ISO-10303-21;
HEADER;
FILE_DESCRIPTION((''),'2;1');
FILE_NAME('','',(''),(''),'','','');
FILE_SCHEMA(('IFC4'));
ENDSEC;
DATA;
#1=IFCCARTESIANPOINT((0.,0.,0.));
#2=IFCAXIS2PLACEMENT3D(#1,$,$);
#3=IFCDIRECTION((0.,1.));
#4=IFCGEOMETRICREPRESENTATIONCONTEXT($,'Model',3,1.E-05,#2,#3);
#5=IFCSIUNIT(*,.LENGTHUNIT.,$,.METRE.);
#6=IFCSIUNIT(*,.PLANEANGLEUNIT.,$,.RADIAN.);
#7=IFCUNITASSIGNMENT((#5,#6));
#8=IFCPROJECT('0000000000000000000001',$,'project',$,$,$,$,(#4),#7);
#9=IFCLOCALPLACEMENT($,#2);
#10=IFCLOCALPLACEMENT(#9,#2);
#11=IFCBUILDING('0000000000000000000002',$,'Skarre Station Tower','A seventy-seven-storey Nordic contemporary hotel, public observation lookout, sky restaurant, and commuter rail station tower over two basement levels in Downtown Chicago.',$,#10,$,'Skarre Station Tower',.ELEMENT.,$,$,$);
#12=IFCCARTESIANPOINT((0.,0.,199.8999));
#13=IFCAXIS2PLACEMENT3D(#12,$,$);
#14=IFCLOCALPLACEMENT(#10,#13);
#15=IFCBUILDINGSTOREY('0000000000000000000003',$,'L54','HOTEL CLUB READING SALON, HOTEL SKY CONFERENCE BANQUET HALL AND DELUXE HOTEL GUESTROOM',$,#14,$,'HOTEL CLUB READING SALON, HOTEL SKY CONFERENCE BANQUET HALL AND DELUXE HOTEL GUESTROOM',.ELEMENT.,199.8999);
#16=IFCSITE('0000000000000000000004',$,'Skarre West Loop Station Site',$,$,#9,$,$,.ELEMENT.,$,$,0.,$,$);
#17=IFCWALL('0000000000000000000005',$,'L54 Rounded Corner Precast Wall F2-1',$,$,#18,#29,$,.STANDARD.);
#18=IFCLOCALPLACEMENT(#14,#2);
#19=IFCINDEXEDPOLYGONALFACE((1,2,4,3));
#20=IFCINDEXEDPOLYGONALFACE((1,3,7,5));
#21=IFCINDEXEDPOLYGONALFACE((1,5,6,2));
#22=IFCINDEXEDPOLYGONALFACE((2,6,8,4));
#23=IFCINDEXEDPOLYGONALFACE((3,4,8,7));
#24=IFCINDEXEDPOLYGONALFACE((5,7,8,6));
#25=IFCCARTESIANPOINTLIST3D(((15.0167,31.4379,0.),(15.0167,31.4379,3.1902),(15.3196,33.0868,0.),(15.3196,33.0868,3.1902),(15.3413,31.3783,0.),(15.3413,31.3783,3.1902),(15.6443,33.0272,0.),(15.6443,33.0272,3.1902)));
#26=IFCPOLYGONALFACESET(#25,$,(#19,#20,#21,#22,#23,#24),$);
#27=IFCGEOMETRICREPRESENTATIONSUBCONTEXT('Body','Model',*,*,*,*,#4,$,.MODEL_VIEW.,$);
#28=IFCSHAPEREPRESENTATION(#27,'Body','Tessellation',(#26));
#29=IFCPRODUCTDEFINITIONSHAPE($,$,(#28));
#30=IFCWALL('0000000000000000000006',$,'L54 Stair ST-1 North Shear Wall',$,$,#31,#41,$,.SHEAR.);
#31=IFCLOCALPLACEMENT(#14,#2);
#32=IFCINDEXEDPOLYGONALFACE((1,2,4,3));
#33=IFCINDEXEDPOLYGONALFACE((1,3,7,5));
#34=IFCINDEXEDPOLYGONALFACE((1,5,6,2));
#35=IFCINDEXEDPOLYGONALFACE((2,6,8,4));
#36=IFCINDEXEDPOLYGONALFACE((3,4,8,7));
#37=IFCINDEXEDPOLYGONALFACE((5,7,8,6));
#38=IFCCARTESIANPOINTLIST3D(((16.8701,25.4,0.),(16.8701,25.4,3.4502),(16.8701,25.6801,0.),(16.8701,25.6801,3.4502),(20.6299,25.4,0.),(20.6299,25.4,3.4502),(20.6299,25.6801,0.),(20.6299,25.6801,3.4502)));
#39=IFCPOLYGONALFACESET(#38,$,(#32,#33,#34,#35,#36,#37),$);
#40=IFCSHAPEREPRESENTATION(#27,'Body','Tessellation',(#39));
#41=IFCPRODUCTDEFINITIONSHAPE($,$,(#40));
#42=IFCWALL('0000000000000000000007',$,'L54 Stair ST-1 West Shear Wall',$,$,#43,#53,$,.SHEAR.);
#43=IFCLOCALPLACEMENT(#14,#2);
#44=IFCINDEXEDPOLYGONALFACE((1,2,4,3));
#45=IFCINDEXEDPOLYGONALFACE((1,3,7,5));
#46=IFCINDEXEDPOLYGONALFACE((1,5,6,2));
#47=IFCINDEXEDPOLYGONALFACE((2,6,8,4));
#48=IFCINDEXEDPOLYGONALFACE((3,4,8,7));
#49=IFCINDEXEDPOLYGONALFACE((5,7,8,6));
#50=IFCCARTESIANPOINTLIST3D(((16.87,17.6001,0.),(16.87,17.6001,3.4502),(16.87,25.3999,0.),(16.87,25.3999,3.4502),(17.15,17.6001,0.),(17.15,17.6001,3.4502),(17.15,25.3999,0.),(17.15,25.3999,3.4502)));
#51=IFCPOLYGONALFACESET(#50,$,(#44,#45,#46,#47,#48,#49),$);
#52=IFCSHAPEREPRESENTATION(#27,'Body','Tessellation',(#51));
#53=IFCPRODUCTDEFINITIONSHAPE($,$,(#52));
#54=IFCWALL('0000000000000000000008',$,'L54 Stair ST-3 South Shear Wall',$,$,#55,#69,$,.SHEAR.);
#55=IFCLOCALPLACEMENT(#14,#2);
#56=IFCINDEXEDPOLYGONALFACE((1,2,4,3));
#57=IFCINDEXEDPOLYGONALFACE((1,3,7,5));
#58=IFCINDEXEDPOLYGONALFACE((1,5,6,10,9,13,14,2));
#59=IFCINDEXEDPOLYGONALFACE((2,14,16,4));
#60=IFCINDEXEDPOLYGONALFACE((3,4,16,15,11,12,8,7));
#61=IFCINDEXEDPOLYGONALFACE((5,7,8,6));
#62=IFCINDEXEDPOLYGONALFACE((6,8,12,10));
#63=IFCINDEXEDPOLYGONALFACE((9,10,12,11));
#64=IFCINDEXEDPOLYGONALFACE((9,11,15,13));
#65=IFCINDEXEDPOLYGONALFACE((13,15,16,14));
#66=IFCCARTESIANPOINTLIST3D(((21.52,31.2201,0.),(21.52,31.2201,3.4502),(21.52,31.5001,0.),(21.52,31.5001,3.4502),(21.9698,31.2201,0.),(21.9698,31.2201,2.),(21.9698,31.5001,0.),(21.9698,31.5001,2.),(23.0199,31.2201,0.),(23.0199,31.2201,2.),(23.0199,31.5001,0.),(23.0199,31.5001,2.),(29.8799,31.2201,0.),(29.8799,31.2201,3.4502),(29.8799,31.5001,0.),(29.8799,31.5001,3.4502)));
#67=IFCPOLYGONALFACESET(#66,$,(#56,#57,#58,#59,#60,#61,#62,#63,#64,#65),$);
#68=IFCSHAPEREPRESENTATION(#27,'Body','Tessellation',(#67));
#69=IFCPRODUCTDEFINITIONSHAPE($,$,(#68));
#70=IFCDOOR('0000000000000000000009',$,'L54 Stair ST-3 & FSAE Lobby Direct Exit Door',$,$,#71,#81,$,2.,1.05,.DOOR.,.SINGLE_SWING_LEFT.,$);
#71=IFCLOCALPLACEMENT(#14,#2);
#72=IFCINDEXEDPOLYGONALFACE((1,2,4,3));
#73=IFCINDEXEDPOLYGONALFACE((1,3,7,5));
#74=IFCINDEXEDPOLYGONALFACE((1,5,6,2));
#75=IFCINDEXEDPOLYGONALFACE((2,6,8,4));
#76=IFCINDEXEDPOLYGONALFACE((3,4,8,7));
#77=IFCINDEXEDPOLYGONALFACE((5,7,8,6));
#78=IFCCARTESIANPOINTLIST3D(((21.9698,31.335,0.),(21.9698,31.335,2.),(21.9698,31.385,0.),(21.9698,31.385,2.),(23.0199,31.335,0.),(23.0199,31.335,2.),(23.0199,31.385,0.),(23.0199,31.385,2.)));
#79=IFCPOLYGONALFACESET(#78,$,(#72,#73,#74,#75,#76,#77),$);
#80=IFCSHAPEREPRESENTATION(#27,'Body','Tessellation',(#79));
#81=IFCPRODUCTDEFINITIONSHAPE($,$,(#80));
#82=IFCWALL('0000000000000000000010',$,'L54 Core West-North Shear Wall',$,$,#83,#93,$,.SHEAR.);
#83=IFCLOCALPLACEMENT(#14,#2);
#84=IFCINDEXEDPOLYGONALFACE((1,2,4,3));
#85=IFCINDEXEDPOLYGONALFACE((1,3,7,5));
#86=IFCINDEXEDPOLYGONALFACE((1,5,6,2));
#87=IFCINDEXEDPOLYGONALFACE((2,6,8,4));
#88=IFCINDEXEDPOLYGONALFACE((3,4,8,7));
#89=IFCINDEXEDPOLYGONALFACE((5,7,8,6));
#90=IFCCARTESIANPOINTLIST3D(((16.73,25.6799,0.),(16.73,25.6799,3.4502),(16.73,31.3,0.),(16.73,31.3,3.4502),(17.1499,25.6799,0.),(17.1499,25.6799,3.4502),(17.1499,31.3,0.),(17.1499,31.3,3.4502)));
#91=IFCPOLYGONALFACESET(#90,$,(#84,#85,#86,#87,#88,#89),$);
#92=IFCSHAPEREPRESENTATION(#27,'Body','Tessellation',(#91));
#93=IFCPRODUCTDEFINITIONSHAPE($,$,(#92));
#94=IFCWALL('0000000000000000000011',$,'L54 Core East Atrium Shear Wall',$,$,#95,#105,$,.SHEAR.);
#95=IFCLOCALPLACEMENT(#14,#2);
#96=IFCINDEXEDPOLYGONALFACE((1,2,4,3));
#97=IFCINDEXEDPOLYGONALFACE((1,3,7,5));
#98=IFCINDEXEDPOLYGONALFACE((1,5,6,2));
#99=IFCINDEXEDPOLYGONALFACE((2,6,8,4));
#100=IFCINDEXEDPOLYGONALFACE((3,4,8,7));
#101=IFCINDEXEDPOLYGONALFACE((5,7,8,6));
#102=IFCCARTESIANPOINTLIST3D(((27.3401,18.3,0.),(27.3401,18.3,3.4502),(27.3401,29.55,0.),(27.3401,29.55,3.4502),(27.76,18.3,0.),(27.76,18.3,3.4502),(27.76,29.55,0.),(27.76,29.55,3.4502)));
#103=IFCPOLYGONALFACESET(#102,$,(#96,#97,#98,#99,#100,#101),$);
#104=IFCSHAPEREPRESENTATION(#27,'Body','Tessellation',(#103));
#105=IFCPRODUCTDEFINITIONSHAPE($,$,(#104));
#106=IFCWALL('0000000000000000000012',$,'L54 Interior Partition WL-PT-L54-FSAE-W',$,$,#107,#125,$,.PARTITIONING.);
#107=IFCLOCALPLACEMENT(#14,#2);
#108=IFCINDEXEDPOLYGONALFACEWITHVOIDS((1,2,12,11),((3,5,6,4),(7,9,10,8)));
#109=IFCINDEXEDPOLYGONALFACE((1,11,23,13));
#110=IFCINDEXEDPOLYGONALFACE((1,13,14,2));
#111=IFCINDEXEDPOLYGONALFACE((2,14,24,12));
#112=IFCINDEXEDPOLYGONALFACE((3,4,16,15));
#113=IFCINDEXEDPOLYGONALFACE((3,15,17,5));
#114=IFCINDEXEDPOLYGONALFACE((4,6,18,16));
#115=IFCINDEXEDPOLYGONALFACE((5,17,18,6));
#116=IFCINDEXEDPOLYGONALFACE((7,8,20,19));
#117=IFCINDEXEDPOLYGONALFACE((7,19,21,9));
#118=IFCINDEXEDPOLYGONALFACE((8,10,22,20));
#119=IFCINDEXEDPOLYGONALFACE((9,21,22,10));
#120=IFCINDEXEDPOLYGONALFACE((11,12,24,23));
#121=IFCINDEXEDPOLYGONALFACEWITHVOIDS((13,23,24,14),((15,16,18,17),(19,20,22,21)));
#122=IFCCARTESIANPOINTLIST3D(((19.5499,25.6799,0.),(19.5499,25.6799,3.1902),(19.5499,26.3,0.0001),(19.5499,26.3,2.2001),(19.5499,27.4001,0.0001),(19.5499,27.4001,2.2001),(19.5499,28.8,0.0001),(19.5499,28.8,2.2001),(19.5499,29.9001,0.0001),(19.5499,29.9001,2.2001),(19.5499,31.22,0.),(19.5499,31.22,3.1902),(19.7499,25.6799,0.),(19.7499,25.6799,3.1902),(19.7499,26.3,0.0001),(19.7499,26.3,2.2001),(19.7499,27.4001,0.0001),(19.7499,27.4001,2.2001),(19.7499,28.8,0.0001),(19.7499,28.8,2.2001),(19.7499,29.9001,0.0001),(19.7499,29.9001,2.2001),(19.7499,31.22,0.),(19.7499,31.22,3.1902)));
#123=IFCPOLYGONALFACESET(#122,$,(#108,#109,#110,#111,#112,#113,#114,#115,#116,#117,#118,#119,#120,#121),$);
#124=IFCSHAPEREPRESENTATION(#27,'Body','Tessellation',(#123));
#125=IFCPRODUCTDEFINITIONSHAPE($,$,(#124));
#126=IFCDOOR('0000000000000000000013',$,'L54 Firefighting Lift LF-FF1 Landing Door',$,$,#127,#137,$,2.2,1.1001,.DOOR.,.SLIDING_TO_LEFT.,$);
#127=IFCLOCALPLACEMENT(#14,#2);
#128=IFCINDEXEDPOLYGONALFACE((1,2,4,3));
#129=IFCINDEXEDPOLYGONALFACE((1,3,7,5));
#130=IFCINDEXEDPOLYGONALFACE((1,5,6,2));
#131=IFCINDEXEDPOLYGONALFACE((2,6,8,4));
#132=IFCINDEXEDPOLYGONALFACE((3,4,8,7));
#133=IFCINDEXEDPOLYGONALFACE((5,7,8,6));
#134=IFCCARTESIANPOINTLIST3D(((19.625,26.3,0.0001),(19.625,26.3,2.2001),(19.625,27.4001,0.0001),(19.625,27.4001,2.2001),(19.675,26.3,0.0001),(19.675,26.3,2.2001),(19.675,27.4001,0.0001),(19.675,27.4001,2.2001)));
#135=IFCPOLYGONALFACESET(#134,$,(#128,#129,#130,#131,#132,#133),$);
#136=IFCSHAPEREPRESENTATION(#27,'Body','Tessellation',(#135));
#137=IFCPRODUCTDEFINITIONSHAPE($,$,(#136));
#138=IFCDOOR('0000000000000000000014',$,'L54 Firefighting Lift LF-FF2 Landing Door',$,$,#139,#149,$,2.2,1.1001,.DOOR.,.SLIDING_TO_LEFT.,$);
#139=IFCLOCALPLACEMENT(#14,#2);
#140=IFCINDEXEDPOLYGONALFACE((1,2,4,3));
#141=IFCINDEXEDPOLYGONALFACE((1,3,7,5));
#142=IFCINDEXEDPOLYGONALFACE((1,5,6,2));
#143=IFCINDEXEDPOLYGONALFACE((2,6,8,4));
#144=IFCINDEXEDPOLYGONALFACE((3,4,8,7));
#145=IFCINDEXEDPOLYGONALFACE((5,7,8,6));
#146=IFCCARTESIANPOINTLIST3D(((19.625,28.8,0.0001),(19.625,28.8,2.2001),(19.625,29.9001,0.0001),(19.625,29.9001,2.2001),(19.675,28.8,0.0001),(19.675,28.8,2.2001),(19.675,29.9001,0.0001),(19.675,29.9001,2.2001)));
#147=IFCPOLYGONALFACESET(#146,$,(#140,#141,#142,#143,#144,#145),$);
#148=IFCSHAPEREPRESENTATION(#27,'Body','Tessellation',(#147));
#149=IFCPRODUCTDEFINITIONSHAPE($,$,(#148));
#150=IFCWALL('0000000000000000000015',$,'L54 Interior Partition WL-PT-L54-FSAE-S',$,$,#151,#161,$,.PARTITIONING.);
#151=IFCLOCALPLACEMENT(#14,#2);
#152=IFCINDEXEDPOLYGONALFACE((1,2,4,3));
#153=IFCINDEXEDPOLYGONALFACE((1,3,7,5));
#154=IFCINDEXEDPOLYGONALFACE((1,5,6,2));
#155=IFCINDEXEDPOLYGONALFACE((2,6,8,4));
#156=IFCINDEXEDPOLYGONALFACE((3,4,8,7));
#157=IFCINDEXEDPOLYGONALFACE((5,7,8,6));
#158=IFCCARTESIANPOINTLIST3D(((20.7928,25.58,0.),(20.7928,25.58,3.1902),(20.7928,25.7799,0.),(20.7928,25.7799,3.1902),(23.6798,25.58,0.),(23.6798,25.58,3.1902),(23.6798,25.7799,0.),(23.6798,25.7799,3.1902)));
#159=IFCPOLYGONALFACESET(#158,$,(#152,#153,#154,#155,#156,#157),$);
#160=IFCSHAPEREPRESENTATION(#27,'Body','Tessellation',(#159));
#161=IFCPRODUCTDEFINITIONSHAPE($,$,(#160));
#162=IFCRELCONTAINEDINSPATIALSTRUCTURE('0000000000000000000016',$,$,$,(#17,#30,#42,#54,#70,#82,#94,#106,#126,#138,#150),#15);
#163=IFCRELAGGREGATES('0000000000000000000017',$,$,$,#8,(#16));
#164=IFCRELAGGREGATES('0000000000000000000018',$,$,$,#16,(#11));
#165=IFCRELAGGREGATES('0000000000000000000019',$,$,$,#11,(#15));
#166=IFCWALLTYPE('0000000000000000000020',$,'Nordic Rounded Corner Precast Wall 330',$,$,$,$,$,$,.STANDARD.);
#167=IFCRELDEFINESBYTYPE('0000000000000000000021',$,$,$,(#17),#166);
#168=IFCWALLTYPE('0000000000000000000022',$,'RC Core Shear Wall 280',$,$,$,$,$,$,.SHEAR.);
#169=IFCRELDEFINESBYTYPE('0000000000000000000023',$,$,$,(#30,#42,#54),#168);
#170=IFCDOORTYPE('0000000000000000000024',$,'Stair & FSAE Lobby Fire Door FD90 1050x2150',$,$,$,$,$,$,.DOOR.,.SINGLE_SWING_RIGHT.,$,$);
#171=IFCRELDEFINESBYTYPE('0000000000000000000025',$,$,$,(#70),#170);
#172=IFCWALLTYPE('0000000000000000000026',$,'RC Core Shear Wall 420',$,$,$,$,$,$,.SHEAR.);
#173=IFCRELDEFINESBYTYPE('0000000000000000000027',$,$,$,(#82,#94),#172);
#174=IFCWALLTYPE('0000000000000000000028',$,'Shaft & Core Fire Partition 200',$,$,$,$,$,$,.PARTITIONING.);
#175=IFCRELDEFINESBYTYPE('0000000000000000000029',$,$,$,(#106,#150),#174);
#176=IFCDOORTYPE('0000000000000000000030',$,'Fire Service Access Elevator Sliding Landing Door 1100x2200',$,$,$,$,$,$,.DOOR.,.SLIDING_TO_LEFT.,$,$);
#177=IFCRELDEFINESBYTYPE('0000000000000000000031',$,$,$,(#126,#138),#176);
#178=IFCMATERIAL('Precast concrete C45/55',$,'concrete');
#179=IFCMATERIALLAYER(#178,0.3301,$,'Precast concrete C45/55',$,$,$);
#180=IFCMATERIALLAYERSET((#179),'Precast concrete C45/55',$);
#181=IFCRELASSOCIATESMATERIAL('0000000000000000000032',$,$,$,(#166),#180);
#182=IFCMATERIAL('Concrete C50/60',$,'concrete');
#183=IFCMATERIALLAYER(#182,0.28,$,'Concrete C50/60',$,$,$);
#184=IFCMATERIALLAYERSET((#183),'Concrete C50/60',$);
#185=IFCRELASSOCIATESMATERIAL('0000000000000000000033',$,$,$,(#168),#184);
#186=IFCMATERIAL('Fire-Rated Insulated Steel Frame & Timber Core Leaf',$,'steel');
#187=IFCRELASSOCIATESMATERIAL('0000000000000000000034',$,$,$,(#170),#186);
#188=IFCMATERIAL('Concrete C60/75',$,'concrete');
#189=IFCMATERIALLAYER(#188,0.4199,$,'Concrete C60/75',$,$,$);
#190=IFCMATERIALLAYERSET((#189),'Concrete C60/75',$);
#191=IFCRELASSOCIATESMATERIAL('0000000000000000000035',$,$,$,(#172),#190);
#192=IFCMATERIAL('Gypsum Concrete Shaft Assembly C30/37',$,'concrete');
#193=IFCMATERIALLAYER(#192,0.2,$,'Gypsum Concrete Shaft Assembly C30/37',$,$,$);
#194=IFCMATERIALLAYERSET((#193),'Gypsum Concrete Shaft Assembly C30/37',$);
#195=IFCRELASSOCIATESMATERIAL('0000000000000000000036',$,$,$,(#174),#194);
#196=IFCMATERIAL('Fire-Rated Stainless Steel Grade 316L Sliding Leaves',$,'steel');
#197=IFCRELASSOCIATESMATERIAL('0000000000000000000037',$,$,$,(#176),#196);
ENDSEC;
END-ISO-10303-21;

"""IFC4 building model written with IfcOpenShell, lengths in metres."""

from ifc_helpers import new_model, si_unit, direction, frame, frame_2d, origin, place, context, subcontext, project, spatial, rectangle, extrude, material, layer, layer_set, type_object, element, fill, save


model = new_model("IFC4")

# Units and contexts
model_context = context("Model", 3, precision=1e-05, world=origin(), true_north=direction((0.0, 1.0)))
body_context = subcontext(model_context, "Body", "Model", "MODEL_VIEW")
ifc_project = project(units=[si_unit("LENGTHUNIT", "METRE"), si_unit("PLANEANGLEUNIT", "RADIAN")], contexts=[model_context])

# Site, building, storey
site_placement = place(None, origin())
site = spatial("IfcSite", under=ifc_project, at=site_placement, Name="Skarre West Loop Station Site", CompositionType="ELEMENT", RefElevation=0.0)
building_placement = place(site_placement, origin())
building = spatial("IfcBuilding", under=site, at=building_placement, Name="Skarre Station Tower", Description="A seventy-seven-storey Nordic contemporary hotel, public observation lookout, sky restaurant, and commuter rail station tower over two basement levels in Downtown Chicago.", LongName="Skarre Station Tower", CompositionType="ELEMENT")
storey_placement = place(building_placement, frame((0.0, 0.0, 199.8999)))
storey = spatial("IfcBuildingStorey", under=building, at=storey_placement, Name="L54", Description="HOTEL CLUB READING SALON, HOTEL SKY CONFERENCE BANQUET HALL AND DELUXE HOTEL GUESTROOM", LongName="HOTEL CLUB READING SALON, HOTEL SKY CONFERENCE BANQUET HALL AND DELUXE HOTEL GUESTROOM", CompositionType="ELEMENT", Elevation=199.8999)

# Shared definitions
ifc_material_1 = material(Name="Concrete C60/75", Category="concrete")
ifc_material_2 = material(Name="Concrete C50/60", Category="concrete")

# Walls
ifc_material_3 = material(Name="Precast concrete C45/55", Category="concrete")
ifc_layer_1 = layer(ifc_material_3, 0.3301, Name="Precast concrete C45/55")
ifc_layer_set_1 = layer_set([ifc_layer_1], Name="Precast concrete C45/55")
wall_type_1 = type_object("IfcWallType", Name="Nordic Rounded Corner Precast Wall 330", PredefinedType="STANDARD", material=ifc_layer_set_1)
wall_1_placement = place(storey_placement, frame((15.179, 31.408, 0.0), z_axis=(0.0, 0.0, 1.0), x_axis=(0.180718, 0.983535, 0.0)))
element("IfcWall", 1, at=wall_1_placement, inside=storey, type_object=wall_type_1, Name="L54 Rounded Corner Precast Wall F2-1", PredefinedType="STANDARD", context=body_context, shape_type="SweptSolid", body=[
    extrude(rectangle(XDim=1.6765, YDim=0.3301, at=frame_2d((0.8384, 0.0))), origin(), (0.0, 0.0, 1.0), 3.1902),
])
ifc_layer_2 = layer(ifc_material_2, 0.28, Name="Concrete C50/60")
ifc_layer_set_2 = layer_set([ifc_layer_2], Name="Concrete C50/60")
wall_type_2 = type_object("IfcWallType", Name="RC Core Shear Wall 280", PredefinedType="SHEAR", material=ifc_layer_set_2)
wall_2_placement = place(storey_placement, frame((20.6299, 25.54, 0.0), z_axis=(0.0, 0.0, 1.0), x_axis=(-1.0, 0.0, 0.0)))
element("IfcWall", 2, at=wall_2_placement, inside=storey, type_object=wall_type_2, Name="L54 Stair ST-1 North Shear Wall", PredefinedType="SHEAR", context=body_context, shape_type="SweptSolid", body=[
    extrude(rectangle(XDim=3.7598, YDim=0.28, at=frame_2d((1.8799, 0.0))), origin(), (0.0, 0.0, 1.0), 3.4502),
])
wall_3_placement = place(storey_placement, frame((17.01, 25.3999, 0.0), z_axis=(0.0, 0.0, 1.0), x_axis=(0.0, -1.0, 0.0)))
element("IfcWall", 3, at=wall_3_placement, inside=storey, type_object=wall_type_2, Name="L54 Stair ST-1 West Shear Wall", PredefinedType="SHEAR", context=body_context, shape_type="SweptSolid", body=[
    extrude(rectangle(XDim=7.7998, YDim=0.28, at=frame_2d((3.8999, 0.0))), origin(), (0.0, 0.0, 1.0), 3.4502),
])

# Wall, opening, door
wall_4_placement = place(storey_placement, frame((21.52, 31.3601, 0.0), z_axis=(0.0, 0.0, 1.0), x_axis=(1.0, 0.0, 0.0)))
wall_4 = element("IfcWall", 4, at=wall_4_placement, inside=storey, type_object=wall_type_2, Name="L54 Stair ST-3 South Shear Wall", PredefinedType="SHEAR", context=body_context, shape_type="SweptSolid", body=[
    extrude(rectangle(XDim=8.3599, YDim=0.28, at=frame_2d((4.1799, 0.0))), origin(), (0.0, 0.0, 1.0), 3.4502),
])
opening_1_placement = place(wall_4_placement, frame((0.45, 0.0, 0.0)))
opening_1 = element("IfcOpeningElement", 5, at=opening_1_placement, cuts=wall_4, PredefinedType="OPENING", context=body_context, shape_type="SweptSolid", body=[
    extrude(rectangle(XDim=1.05, YDim=2.0, at=frame_2d((0.5249, 1.0))), frame((0.0, 0.1499, 0.0), z_axis=(0.0, -1.0, 0.0), x_axis=(1.0, 0.0, 0.0)), (0.0, 0.0, 1.0), 0.3),
])
ifc_material_4 = material(Name="Fire-Rated Insulated Steel Frame & Timber Core Leaf", Category="steel")
door_type_1 = type_object("IfcDoorType", Name="Stair & FSAE Lobby Fire Door FD90 1050x2150", OperationType="SINGLE_SWING_RIGHT", PredefinedType="DOOR", material=ifc_material_4)
door_1_placement = place(opening_1_placement, origin())
door_1 = element("IfcDoor", 6, at=door_1_placement, inside=storey, type_object=door_type_1, Name="L54 Stair ST-3 & FSAE Lobby Direct Exit Door", OperationType="SINGLE_SWING_LEFT", OverallHeight=2.0, OverallWidth=1.05, PredefinedType="DOOR", context=body_context, shape_type="SweptSolid", body=[
    extrude(rectangle(XDim=1.05, YDim=2.0, at=frame_2d((0.5249, 1.0))), frame((0.0, 0.0249, 0.0), z_axis=(0.0, -1.0, 0.0), x_axis=(1.0, 0.0, 0.0)), (0.0, 0.0, 1.0), 0.05),
])
fill(opening_1, door_1)

# Walls
ifc_layer_3 = layer(ifc_material_1, 0.4199, Name="Concrete C60/75")
ifc_layer_set_3 = layer_set([ifc_layer_3], Name="Concrete C60/75")
wall_type_3 = type_object("IfcWallType", Name="RC Core Shear Wall 420", PredefinedType="SHEAR", material=ifc_layer_set_3)
wall_5_placement = place(storey_placement, frame((16.9399, 25.6799, 0.0), z_axis=(0.0, 0.0, 1.0), x_axis=(0.0, 1.0, 0.0)))
element("IfcWall", 7, at=wall_5_placement, inside=storey, type_object=wall_type_3, Name="L54 Core West-North Shear Wall", PredefinedType="SHEAR", context=body_context, shape_type="SweptSolid", body=[
    extrude(rectangle(XDim=5.6201, YDim=0.4199, at=frame_2d((2.8101, 0.0))), origin(), (0.0, 0.0, 1.0), 3.4502),
])
wall_6_placement = place(storey_placement, frame((27.55, 29.55, 0.0), z_axis=(0.0, 0.0, 1.0), x_axis=(0.0, -1.0, 0.0)))
element("IfcWall", 8, at=wall_6_placement, inside=storey, type_object=wall_type_3, Name="L54 Core East Atrium Shear Wall", PredefinedType="SHEAR", context=body_context, shape_type="SweptSolid", body=[
    extrude(rectangle(XDim=11.25, YDim=0.4199, at=frame_2d((5.625, 0.0))), origin(), (0.0, 0.0, 1.0), 3.4502),
])

# Wall, openings, doors
ifc_material_5 = material(Name="Gypsum Concrete Shaft Assembly C30/37", Category="concrete")
ifc_layer_4 = layer(ifc_material_5, 0.2, Name="Gypsum Concrete Shaft Assembly C30/37")
ifc_layer_set_4 = layer_set([ifc_layer_4], Name="Gypsum Concrete Shaft Assembly C30/37")
wall_type_4 = type_object("IfcWallType", Name="Shaft & Core Fire Partition 200", PredefinedType="PARTITIONING", material=ifc_layer_set_4)
wall_7_placement = place(storey_placement, frame((19.6499, 25.6799, 0.0), z_axis=(0.0, 0.0, 1.0), x_axis=(0.0, 1.0, 0.0)))
wall_7 = element("IfcWall", 9, at=wall_7_placement, inside=storey, type_object=wall_type_4, Name="L54 Interior Partition WL-PT-L54-FSAE-W", PredefinedType="PARTITIONING", context=body_context, shape_type="SweptSolid", body=[
    extrude(rectangle(XDim=5.54, YDim=0.2, at=frame_2d((2.77, 0.0))), origin(), (0.0, 0.0, 1.0), 3.1902),
])
opening_2_placement = place(wall_7_placement, frame((0.6201, 0.0, 0.0)))
opening_2 = element("IfcOpeningElement", 10, at=opening_2_placement, cuts=wall_7, PredefinedType="OPENING", context=body_context, shape_type="SweptSolid", body=[
    extrude(rectangle(XDim=1.1001, YDim=2.2, at=frame_2d((0.55, 1.1001))), frame((0.0, 0.1099, 0.0), z_axis=(0.0, -1.0, 0.0), x_axis=(1.0, 0.0, 0.0)), (0.0, 0.0, 1.0), 0.22),
])
opening_3_placement = place(wall_7_placement, frame((3.1201, 0.0, 0.0)))
opening_3 = element("IfcOpeningElement", 11, at=opening_3_placement, cuts=wall_7, PredefinedType="OPENING", context=body_context, shape_type="SweptSolid", body=[
    extrude(rectangle(XDim=1.1001, YDim=2.2, at=frame_2d((0.55, 1.1001))), frame((0.0, 0.1099, 0.0), z_axis=(0.0, -1.0, 0.0), x_axis=(1.0, 0.0, 0.0)), (0.0, 0.0, 1.0), 0.22),
])
ifc_material_6 = material(Name="Fire-Rated Stainless Steel Grade 316L Sliding Leaves", Category="steel")
door_type_2 = type_object("IfcDoorType", Name="Fire Service Access Elevator Sliding Landing Door 1100x2200", OperationType="SLIDING_TO_LEFT", PredefinedType="DOOR", material=ifc_material_6)
door_2_placement = place(opening_2_placement, origin())
door_2 = element("IfcDoor", 12, at=door_2_placement, inside=storey, type_object=door_type_2, Name="L54 Firefighting Lift LF-FF1 Landing Door", OperationType="SLIDING_TO_LEFT", OverallHeight=2.2, OverallWidth=1.1001, PredefinedType="DOOR", context=body_context, shape_type="SweptSolid", body=[
    extrude(rectangle(XDim=1.1001, YDim=2.2, at=frame_2d((0.55, 1.1001))), frame((0.0, 0.0249, 0.0), z_axis=(0.0, -1.0, 0.0), x_axis=(1.0, 0.0, 0.0)), (0.0, 0.0, 1.0), 0.05),
])
fill(opening_2, door_2)
door_3_placement = place(opening_3_placement, origin())
door_3 = element("IfcDoor", 13, at=door_3_placement, inside=storey, type_object=door_type_2, Name="L54 Firefighting Lift LF-FF2 Landing Door", OperationType="SLIDING_TO_LEFT", OverallHeight=2.2, OverallWidth=1.1001, PredefinedType="DOOR", context=body_context, shape_type="SweptSolid", body=[
    extrude(rectangle(XDim=1.1001, YDim=2.2, at=frame_2d((0.55, 1.1001))), frame((0.0, 0.0249, 0.0), z_axis=(0.0, -1.0, 0.0), x_axis=(1.0, 0.0, 0.0)), (0.0, 0.0, 1.0), 0.05),
])
fill(opening_3, door_3)

# Wall
wall_8_placement = place(storey_placement, frame((20.793, 25.6799, 0.0), z_axis=(0.0, 0.0, 1.0), x_axis=(1.0, 0.0, 0.0)))
element("IfcWall", 14, at=wall_8_placement, inside=storey, type_object=wall_type_4, Name="L54 Interior Partition WL-PT-L54-FSAE-S", PredefinedType="PARTITIONING", context=body_context, shape_type="SweptSolid", body=[
    extrude(rectangle(XDim=2.887, YDim=0.2, at=frame_2d((1.4434, 0.0))), origin(), (0.0, 0.0, 1.0), 3.1902),
])

save(model, "model.ifc")
